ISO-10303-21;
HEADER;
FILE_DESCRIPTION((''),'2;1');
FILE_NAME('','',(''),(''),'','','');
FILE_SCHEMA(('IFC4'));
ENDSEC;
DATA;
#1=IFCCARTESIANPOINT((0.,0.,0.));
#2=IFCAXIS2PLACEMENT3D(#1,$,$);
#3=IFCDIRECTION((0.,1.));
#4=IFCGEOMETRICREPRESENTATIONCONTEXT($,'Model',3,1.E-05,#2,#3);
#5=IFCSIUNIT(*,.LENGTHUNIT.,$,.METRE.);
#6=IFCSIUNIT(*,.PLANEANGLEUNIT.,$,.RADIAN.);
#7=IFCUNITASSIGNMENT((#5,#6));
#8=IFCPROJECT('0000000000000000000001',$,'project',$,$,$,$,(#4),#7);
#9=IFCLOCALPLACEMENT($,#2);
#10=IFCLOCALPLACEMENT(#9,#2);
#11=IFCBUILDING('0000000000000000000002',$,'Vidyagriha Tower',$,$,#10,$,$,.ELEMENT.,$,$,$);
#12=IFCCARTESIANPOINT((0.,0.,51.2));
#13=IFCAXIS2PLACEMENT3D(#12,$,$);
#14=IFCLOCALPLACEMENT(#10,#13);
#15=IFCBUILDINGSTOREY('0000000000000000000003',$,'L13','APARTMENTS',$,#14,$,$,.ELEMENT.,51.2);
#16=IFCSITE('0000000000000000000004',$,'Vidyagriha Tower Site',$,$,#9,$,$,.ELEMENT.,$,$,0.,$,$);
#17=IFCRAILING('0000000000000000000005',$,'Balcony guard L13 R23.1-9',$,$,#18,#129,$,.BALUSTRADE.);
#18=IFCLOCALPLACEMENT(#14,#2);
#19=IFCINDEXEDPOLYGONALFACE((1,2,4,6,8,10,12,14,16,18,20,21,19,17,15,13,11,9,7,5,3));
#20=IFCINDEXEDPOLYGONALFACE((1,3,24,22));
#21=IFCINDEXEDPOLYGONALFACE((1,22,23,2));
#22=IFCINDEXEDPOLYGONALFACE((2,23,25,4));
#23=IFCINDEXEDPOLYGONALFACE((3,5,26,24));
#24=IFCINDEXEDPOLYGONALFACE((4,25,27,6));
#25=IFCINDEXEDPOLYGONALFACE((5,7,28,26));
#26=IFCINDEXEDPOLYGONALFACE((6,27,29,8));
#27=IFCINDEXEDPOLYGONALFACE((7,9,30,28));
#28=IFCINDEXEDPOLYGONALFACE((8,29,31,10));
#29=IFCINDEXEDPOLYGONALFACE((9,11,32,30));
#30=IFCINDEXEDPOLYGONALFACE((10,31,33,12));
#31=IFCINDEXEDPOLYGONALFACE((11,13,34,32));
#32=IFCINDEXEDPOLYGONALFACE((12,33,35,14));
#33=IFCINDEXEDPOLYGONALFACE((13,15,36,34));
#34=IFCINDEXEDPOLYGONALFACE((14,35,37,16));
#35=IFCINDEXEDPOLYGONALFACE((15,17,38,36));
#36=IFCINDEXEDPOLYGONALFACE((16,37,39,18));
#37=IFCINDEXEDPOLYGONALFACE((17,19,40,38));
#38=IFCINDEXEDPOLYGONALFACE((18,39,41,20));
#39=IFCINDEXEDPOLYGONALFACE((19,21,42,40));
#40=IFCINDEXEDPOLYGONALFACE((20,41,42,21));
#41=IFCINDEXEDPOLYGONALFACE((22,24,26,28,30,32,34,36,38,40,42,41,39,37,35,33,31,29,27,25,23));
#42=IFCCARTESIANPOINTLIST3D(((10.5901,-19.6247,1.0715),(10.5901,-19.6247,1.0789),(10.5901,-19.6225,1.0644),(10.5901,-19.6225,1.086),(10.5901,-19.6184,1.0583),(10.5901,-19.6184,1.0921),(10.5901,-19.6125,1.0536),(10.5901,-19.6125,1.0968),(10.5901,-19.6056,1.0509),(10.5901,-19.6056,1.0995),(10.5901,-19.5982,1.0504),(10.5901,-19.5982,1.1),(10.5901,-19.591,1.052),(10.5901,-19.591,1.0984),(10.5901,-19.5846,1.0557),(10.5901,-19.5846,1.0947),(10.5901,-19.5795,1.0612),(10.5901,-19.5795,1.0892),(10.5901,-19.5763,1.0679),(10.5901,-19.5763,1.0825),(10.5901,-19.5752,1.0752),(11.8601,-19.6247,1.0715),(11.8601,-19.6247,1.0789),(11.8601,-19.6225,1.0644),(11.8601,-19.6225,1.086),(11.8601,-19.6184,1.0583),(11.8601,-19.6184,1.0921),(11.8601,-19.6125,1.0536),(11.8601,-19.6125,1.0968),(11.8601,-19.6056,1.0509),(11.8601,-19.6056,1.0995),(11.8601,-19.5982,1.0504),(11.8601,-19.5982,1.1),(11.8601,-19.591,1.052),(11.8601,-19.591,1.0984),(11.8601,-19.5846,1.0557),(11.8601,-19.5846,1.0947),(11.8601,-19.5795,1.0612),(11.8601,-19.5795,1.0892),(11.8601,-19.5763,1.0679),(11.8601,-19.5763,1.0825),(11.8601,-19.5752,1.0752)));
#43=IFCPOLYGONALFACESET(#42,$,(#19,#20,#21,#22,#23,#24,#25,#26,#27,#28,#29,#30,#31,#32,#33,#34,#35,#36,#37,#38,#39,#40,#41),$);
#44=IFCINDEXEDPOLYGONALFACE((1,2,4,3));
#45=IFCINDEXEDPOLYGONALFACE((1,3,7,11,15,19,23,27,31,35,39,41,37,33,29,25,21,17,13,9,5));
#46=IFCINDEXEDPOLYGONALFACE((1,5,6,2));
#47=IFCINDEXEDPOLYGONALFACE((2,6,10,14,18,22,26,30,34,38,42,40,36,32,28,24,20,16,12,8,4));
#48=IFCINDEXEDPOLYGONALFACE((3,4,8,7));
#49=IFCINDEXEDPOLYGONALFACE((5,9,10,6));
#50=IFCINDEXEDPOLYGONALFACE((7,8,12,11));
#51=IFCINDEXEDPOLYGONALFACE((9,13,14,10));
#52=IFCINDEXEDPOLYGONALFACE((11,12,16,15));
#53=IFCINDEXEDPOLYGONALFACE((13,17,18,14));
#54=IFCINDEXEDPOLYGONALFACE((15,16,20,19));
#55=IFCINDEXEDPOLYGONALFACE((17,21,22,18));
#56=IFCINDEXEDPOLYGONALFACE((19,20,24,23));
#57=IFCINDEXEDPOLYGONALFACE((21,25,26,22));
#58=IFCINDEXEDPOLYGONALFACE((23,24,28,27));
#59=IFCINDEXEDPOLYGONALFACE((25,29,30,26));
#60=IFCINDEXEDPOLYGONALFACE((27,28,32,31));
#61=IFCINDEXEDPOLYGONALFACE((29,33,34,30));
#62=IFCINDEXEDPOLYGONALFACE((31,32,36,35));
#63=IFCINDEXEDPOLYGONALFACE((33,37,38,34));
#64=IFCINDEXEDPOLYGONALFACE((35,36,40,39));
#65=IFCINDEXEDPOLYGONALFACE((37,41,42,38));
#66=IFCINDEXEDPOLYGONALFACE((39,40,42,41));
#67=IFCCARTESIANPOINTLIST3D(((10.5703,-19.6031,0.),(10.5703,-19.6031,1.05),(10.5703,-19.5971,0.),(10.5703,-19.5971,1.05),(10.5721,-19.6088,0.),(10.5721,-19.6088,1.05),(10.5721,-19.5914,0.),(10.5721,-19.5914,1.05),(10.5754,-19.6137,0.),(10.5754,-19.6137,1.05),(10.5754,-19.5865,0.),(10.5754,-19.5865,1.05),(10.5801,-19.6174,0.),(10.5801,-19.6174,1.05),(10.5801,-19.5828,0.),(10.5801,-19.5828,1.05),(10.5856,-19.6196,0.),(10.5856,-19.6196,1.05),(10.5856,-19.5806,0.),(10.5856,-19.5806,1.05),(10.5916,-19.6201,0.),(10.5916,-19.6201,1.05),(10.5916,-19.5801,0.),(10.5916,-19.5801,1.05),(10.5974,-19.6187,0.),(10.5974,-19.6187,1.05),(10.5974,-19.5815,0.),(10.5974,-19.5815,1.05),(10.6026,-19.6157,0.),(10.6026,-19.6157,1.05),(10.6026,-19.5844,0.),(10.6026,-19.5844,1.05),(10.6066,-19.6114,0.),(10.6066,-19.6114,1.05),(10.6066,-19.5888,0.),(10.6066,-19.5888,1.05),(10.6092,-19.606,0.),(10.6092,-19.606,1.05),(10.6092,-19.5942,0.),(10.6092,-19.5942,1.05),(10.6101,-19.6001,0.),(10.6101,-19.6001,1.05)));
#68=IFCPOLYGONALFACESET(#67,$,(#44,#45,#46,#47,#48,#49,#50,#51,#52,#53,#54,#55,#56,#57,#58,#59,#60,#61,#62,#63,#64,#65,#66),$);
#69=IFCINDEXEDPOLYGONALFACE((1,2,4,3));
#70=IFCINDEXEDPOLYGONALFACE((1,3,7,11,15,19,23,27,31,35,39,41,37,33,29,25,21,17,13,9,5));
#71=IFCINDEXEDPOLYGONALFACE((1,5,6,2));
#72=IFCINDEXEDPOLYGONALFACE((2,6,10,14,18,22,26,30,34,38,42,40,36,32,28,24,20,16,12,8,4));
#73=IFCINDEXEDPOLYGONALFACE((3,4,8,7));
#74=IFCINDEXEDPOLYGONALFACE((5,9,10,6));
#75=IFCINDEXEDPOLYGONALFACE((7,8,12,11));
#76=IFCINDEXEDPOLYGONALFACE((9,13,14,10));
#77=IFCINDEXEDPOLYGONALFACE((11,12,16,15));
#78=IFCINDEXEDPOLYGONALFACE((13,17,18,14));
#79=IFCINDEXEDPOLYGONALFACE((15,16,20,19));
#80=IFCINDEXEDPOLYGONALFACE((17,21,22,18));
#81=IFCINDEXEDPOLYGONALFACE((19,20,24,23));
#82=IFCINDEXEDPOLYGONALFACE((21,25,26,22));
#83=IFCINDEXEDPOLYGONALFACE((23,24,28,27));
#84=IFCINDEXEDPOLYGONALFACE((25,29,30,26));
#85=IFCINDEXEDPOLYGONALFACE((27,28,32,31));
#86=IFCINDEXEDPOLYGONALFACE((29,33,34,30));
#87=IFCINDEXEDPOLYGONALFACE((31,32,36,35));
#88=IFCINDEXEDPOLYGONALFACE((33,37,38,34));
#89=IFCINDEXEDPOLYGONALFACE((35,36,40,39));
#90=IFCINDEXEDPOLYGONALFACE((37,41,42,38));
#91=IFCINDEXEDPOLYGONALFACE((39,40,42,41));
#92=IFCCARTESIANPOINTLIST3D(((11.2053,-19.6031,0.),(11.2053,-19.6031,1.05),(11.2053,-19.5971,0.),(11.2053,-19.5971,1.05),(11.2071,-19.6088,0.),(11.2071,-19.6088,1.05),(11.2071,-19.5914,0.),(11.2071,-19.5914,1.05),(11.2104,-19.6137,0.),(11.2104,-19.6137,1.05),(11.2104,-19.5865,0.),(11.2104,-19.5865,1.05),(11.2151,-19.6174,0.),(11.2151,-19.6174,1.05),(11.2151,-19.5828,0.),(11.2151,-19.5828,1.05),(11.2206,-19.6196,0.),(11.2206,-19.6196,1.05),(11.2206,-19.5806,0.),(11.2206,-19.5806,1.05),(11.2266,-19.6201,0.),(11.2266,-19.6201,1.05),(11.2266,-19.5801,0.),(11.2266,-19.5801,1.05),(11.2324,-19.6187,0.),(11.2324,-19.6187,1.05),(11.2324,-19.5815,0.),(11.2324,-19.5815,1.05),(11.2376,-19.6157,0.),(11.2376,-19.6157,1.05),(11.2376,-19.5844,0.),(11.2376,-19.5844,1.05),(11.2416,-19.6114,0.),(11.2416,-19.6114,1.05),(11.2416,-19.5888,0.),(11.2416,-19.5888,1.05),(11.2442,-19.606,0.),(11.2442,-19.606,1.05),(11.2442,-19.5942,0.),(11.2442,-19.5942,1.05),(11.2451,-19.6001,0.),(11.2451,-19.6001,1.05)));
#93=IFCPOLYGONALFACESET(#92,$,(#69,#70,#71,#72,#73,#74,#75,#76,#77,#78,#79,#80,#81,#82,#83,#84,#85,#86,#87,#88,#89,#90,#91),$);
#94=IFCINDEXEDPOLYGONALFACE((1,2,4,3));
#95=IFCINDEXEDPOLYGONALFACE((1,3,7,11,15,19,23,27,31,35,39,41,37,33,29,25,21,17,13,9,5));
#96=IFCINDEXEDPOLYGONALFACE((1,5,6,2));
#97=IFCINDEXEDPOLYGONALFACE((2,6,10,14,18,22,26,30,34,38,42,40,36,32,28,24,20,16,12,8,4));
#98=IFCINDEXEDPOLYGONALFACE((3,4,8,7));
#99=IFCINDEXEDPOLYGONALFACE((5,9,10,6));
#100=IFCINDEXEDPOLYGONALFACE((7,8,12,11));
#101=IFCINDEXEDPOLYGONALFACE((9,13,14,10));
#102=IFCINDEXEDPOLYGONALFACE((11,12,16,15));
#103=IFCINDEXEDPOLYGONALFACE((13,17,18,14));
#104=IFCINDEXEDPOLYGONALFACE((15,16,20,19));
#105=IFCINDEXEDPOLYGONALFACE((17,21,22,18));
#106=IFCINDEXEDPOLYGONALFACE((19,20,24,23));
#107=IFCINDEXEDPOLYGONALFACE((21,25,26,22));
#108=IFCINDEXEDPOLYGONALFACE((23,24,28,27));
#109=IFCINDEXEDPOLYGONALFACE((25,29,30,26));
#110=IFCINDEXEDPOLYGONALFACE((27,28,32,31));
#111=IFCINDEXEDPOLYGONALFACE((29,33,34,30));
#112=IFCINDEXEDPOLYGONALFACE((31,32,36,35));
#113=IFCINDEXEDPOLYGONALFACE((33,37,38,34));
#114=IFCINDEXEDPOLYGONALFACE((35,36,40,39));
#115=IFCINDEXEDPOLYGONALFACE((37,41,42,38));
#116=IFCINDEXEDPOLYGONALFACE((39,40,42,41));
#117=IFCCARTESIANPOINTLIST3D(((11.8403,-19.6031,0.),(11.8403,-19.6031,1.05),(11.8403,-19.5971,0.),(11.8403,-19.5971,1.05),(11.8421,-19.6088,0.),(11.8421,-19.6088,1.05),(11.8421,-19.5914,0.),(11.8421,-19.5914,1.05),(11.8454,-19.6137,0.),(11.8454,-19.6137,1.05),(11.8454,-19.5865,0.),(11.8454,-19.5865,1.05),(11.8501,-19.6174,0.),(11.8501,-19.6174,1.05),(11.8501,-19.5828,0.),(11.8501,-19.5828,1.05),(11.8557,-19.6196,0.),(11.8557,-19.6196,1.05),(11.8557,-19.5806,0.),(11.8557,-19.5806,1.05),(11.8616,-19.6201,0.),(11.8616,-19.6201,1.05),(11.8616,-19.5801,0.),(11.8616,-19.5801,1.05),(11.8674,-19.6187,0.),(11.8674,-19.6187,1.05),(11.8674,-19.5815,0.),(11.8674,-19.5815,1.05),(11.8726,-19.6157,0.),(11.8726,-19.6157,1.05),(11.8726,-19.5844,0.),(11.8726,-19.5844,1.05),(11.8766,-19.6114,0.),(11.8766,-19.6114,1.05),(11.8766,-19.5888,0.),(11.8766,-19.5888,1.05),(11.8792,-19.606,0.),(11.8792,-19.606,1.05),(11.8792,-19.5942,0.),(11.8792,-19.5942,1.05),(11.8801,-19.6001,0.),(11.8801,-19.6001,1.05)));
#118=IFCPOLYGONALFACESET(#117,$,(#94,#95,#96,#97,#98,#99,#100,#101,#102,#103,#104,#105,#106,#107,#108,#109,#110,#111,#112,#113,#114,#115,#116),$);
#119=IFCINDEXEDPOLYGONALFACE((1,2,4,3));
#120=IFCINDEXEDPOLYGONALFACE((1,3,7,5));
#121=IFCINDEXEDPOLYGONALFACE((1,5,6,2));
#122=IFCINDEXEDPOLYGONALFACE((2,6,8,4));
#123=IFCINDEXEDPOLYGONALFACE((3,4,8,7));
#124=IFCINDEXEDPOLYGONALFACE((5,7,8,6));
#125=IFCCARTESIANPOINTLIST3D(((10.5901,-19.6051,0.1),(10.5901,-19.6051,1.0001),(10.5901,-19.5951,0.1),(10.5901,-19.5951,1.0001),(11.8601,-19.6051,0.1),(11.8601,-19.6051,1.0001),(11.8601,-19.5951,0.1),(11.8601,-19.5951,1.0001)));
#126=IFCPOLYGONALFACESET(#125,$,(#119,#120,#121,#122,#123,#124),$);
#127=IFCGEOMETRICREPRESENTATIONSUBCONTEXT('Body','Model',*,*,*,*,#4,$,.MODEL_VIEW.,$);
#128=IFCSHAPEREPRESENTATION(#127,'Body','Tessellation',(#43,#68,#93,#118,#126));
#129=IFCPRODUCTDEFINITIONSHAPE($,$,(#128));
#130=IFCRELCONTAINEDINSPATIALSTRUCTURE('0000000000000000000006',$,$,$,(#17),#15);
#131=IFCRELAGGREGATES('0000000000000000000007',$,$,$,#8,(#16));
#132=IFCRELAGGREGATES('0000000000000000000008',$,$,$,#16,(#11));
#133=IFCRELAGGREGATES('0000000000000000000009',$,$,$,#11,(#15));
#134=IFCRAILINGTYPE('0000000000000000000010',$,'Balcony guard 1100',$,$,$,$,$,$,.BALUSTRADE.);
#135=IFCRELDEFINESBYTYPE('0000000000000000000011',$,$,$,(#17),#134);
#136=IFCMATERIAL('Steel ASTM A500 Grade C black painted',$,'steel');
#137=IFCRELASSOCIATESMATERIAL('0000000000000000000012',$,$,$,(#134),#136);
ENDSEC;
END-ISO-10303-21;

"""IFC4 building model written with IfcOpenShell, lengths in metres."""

from ifc_helpers import new_model, si_unit, direction, frame, origin, origin_2d, place, context, subcontext, project, spatial, rectangle, circle, extrude, material, type_object, element, save


model = new_model("IFC4")

# Units and contexts
model_context = context("Model", 3, precision=1e-05, world=origin(), true_north=direction((0.0, 1.0)))
body_context = subcontext(model_context, "Body", "Model", "MODEL_VIEW")
ifc_project = project(units=[si_unit("LENGTHUNIT", "METRE"), si_unit("PLANEANGLEUNIT", "RADIAN")], contexts=[model_context])

# Site, building, storey
site_placement = place(None, origin())
site = spatial("IfcSite", under=ifc_project, at=site_placement, Name="Vidyagriha Tower Site", CompositionType="ELEMENT", RefElevation=0.0)
building_placement = place(site_placement, origin())
building = spatial("IfcBuilding", under=site, at=building_placement, Name="Vidyagriha Tower", CompositionType="ELEMENT")
storey_placement = place(building_placement, frame((0.0, 0.0, 51.2)))
storey = spatial("IfcBuildingStorey", under=building, at=storey_placement, Name="L13", Description="APARTMENTS", CompositionType="ELEMENT", Elevation=51.2)

# Railing
ifc_material_1 = material(Name="Steel ASTM A500 Grade C black painted", Category="steel")
railing_type = type_object("IfcRailingType", Name="Balcony guard 1100", PredefinedType="BALUSTRADE", material=ifc_material_1)
railing_1_placement = place(storey_placement, frame((10.5901, -19.6001, 0.0)))
element("IfcRailing", 1, at=railing_1_placement, inside=storey, type_object=railing_type, Name="Balcony guard L13 R23.1-9", PredefinedType="BALUSTRADE", context=body_context, shape_type="SweptSolid", body=[
    extrude(circle(Radius=0.0249, at=origin_2d()), frame((0.0, 0.0, 1.0752), z_axis=(1.0, 0.0, 0.0), x_axis=(0.0, 1.0, 0.0)), (0.0, 0.0, 1.0), 1.27),
    extrude(circle(Radius=0.02, at=origin_2d()), origin(), (0.0, 0.0, 1.0), 1.05),
    extrude(circle(Radius=0.02, at=origin_2d()), frame((0.635, 0.0, 0.0)), (0.0, 0.0, 1.0), 1.05),
    extrude(circle(Radius=0.02, at=origin_2d()), frame((1.27, 0.0, 0.0)), (0.0, 0.0, 1.0), 1.05),
    extrude(rectangle(XDim=0.01, YDim=0.9001, at=origin_2d()), frame((0.0, 0.0, 0.55), z_axis=(1.0, 0.0, 0.0), x_axis=(0.0, 1.0, 0.0)), (0.0, 0.0, 1.0), 1.27),
])

save(model, "model.ifc")
